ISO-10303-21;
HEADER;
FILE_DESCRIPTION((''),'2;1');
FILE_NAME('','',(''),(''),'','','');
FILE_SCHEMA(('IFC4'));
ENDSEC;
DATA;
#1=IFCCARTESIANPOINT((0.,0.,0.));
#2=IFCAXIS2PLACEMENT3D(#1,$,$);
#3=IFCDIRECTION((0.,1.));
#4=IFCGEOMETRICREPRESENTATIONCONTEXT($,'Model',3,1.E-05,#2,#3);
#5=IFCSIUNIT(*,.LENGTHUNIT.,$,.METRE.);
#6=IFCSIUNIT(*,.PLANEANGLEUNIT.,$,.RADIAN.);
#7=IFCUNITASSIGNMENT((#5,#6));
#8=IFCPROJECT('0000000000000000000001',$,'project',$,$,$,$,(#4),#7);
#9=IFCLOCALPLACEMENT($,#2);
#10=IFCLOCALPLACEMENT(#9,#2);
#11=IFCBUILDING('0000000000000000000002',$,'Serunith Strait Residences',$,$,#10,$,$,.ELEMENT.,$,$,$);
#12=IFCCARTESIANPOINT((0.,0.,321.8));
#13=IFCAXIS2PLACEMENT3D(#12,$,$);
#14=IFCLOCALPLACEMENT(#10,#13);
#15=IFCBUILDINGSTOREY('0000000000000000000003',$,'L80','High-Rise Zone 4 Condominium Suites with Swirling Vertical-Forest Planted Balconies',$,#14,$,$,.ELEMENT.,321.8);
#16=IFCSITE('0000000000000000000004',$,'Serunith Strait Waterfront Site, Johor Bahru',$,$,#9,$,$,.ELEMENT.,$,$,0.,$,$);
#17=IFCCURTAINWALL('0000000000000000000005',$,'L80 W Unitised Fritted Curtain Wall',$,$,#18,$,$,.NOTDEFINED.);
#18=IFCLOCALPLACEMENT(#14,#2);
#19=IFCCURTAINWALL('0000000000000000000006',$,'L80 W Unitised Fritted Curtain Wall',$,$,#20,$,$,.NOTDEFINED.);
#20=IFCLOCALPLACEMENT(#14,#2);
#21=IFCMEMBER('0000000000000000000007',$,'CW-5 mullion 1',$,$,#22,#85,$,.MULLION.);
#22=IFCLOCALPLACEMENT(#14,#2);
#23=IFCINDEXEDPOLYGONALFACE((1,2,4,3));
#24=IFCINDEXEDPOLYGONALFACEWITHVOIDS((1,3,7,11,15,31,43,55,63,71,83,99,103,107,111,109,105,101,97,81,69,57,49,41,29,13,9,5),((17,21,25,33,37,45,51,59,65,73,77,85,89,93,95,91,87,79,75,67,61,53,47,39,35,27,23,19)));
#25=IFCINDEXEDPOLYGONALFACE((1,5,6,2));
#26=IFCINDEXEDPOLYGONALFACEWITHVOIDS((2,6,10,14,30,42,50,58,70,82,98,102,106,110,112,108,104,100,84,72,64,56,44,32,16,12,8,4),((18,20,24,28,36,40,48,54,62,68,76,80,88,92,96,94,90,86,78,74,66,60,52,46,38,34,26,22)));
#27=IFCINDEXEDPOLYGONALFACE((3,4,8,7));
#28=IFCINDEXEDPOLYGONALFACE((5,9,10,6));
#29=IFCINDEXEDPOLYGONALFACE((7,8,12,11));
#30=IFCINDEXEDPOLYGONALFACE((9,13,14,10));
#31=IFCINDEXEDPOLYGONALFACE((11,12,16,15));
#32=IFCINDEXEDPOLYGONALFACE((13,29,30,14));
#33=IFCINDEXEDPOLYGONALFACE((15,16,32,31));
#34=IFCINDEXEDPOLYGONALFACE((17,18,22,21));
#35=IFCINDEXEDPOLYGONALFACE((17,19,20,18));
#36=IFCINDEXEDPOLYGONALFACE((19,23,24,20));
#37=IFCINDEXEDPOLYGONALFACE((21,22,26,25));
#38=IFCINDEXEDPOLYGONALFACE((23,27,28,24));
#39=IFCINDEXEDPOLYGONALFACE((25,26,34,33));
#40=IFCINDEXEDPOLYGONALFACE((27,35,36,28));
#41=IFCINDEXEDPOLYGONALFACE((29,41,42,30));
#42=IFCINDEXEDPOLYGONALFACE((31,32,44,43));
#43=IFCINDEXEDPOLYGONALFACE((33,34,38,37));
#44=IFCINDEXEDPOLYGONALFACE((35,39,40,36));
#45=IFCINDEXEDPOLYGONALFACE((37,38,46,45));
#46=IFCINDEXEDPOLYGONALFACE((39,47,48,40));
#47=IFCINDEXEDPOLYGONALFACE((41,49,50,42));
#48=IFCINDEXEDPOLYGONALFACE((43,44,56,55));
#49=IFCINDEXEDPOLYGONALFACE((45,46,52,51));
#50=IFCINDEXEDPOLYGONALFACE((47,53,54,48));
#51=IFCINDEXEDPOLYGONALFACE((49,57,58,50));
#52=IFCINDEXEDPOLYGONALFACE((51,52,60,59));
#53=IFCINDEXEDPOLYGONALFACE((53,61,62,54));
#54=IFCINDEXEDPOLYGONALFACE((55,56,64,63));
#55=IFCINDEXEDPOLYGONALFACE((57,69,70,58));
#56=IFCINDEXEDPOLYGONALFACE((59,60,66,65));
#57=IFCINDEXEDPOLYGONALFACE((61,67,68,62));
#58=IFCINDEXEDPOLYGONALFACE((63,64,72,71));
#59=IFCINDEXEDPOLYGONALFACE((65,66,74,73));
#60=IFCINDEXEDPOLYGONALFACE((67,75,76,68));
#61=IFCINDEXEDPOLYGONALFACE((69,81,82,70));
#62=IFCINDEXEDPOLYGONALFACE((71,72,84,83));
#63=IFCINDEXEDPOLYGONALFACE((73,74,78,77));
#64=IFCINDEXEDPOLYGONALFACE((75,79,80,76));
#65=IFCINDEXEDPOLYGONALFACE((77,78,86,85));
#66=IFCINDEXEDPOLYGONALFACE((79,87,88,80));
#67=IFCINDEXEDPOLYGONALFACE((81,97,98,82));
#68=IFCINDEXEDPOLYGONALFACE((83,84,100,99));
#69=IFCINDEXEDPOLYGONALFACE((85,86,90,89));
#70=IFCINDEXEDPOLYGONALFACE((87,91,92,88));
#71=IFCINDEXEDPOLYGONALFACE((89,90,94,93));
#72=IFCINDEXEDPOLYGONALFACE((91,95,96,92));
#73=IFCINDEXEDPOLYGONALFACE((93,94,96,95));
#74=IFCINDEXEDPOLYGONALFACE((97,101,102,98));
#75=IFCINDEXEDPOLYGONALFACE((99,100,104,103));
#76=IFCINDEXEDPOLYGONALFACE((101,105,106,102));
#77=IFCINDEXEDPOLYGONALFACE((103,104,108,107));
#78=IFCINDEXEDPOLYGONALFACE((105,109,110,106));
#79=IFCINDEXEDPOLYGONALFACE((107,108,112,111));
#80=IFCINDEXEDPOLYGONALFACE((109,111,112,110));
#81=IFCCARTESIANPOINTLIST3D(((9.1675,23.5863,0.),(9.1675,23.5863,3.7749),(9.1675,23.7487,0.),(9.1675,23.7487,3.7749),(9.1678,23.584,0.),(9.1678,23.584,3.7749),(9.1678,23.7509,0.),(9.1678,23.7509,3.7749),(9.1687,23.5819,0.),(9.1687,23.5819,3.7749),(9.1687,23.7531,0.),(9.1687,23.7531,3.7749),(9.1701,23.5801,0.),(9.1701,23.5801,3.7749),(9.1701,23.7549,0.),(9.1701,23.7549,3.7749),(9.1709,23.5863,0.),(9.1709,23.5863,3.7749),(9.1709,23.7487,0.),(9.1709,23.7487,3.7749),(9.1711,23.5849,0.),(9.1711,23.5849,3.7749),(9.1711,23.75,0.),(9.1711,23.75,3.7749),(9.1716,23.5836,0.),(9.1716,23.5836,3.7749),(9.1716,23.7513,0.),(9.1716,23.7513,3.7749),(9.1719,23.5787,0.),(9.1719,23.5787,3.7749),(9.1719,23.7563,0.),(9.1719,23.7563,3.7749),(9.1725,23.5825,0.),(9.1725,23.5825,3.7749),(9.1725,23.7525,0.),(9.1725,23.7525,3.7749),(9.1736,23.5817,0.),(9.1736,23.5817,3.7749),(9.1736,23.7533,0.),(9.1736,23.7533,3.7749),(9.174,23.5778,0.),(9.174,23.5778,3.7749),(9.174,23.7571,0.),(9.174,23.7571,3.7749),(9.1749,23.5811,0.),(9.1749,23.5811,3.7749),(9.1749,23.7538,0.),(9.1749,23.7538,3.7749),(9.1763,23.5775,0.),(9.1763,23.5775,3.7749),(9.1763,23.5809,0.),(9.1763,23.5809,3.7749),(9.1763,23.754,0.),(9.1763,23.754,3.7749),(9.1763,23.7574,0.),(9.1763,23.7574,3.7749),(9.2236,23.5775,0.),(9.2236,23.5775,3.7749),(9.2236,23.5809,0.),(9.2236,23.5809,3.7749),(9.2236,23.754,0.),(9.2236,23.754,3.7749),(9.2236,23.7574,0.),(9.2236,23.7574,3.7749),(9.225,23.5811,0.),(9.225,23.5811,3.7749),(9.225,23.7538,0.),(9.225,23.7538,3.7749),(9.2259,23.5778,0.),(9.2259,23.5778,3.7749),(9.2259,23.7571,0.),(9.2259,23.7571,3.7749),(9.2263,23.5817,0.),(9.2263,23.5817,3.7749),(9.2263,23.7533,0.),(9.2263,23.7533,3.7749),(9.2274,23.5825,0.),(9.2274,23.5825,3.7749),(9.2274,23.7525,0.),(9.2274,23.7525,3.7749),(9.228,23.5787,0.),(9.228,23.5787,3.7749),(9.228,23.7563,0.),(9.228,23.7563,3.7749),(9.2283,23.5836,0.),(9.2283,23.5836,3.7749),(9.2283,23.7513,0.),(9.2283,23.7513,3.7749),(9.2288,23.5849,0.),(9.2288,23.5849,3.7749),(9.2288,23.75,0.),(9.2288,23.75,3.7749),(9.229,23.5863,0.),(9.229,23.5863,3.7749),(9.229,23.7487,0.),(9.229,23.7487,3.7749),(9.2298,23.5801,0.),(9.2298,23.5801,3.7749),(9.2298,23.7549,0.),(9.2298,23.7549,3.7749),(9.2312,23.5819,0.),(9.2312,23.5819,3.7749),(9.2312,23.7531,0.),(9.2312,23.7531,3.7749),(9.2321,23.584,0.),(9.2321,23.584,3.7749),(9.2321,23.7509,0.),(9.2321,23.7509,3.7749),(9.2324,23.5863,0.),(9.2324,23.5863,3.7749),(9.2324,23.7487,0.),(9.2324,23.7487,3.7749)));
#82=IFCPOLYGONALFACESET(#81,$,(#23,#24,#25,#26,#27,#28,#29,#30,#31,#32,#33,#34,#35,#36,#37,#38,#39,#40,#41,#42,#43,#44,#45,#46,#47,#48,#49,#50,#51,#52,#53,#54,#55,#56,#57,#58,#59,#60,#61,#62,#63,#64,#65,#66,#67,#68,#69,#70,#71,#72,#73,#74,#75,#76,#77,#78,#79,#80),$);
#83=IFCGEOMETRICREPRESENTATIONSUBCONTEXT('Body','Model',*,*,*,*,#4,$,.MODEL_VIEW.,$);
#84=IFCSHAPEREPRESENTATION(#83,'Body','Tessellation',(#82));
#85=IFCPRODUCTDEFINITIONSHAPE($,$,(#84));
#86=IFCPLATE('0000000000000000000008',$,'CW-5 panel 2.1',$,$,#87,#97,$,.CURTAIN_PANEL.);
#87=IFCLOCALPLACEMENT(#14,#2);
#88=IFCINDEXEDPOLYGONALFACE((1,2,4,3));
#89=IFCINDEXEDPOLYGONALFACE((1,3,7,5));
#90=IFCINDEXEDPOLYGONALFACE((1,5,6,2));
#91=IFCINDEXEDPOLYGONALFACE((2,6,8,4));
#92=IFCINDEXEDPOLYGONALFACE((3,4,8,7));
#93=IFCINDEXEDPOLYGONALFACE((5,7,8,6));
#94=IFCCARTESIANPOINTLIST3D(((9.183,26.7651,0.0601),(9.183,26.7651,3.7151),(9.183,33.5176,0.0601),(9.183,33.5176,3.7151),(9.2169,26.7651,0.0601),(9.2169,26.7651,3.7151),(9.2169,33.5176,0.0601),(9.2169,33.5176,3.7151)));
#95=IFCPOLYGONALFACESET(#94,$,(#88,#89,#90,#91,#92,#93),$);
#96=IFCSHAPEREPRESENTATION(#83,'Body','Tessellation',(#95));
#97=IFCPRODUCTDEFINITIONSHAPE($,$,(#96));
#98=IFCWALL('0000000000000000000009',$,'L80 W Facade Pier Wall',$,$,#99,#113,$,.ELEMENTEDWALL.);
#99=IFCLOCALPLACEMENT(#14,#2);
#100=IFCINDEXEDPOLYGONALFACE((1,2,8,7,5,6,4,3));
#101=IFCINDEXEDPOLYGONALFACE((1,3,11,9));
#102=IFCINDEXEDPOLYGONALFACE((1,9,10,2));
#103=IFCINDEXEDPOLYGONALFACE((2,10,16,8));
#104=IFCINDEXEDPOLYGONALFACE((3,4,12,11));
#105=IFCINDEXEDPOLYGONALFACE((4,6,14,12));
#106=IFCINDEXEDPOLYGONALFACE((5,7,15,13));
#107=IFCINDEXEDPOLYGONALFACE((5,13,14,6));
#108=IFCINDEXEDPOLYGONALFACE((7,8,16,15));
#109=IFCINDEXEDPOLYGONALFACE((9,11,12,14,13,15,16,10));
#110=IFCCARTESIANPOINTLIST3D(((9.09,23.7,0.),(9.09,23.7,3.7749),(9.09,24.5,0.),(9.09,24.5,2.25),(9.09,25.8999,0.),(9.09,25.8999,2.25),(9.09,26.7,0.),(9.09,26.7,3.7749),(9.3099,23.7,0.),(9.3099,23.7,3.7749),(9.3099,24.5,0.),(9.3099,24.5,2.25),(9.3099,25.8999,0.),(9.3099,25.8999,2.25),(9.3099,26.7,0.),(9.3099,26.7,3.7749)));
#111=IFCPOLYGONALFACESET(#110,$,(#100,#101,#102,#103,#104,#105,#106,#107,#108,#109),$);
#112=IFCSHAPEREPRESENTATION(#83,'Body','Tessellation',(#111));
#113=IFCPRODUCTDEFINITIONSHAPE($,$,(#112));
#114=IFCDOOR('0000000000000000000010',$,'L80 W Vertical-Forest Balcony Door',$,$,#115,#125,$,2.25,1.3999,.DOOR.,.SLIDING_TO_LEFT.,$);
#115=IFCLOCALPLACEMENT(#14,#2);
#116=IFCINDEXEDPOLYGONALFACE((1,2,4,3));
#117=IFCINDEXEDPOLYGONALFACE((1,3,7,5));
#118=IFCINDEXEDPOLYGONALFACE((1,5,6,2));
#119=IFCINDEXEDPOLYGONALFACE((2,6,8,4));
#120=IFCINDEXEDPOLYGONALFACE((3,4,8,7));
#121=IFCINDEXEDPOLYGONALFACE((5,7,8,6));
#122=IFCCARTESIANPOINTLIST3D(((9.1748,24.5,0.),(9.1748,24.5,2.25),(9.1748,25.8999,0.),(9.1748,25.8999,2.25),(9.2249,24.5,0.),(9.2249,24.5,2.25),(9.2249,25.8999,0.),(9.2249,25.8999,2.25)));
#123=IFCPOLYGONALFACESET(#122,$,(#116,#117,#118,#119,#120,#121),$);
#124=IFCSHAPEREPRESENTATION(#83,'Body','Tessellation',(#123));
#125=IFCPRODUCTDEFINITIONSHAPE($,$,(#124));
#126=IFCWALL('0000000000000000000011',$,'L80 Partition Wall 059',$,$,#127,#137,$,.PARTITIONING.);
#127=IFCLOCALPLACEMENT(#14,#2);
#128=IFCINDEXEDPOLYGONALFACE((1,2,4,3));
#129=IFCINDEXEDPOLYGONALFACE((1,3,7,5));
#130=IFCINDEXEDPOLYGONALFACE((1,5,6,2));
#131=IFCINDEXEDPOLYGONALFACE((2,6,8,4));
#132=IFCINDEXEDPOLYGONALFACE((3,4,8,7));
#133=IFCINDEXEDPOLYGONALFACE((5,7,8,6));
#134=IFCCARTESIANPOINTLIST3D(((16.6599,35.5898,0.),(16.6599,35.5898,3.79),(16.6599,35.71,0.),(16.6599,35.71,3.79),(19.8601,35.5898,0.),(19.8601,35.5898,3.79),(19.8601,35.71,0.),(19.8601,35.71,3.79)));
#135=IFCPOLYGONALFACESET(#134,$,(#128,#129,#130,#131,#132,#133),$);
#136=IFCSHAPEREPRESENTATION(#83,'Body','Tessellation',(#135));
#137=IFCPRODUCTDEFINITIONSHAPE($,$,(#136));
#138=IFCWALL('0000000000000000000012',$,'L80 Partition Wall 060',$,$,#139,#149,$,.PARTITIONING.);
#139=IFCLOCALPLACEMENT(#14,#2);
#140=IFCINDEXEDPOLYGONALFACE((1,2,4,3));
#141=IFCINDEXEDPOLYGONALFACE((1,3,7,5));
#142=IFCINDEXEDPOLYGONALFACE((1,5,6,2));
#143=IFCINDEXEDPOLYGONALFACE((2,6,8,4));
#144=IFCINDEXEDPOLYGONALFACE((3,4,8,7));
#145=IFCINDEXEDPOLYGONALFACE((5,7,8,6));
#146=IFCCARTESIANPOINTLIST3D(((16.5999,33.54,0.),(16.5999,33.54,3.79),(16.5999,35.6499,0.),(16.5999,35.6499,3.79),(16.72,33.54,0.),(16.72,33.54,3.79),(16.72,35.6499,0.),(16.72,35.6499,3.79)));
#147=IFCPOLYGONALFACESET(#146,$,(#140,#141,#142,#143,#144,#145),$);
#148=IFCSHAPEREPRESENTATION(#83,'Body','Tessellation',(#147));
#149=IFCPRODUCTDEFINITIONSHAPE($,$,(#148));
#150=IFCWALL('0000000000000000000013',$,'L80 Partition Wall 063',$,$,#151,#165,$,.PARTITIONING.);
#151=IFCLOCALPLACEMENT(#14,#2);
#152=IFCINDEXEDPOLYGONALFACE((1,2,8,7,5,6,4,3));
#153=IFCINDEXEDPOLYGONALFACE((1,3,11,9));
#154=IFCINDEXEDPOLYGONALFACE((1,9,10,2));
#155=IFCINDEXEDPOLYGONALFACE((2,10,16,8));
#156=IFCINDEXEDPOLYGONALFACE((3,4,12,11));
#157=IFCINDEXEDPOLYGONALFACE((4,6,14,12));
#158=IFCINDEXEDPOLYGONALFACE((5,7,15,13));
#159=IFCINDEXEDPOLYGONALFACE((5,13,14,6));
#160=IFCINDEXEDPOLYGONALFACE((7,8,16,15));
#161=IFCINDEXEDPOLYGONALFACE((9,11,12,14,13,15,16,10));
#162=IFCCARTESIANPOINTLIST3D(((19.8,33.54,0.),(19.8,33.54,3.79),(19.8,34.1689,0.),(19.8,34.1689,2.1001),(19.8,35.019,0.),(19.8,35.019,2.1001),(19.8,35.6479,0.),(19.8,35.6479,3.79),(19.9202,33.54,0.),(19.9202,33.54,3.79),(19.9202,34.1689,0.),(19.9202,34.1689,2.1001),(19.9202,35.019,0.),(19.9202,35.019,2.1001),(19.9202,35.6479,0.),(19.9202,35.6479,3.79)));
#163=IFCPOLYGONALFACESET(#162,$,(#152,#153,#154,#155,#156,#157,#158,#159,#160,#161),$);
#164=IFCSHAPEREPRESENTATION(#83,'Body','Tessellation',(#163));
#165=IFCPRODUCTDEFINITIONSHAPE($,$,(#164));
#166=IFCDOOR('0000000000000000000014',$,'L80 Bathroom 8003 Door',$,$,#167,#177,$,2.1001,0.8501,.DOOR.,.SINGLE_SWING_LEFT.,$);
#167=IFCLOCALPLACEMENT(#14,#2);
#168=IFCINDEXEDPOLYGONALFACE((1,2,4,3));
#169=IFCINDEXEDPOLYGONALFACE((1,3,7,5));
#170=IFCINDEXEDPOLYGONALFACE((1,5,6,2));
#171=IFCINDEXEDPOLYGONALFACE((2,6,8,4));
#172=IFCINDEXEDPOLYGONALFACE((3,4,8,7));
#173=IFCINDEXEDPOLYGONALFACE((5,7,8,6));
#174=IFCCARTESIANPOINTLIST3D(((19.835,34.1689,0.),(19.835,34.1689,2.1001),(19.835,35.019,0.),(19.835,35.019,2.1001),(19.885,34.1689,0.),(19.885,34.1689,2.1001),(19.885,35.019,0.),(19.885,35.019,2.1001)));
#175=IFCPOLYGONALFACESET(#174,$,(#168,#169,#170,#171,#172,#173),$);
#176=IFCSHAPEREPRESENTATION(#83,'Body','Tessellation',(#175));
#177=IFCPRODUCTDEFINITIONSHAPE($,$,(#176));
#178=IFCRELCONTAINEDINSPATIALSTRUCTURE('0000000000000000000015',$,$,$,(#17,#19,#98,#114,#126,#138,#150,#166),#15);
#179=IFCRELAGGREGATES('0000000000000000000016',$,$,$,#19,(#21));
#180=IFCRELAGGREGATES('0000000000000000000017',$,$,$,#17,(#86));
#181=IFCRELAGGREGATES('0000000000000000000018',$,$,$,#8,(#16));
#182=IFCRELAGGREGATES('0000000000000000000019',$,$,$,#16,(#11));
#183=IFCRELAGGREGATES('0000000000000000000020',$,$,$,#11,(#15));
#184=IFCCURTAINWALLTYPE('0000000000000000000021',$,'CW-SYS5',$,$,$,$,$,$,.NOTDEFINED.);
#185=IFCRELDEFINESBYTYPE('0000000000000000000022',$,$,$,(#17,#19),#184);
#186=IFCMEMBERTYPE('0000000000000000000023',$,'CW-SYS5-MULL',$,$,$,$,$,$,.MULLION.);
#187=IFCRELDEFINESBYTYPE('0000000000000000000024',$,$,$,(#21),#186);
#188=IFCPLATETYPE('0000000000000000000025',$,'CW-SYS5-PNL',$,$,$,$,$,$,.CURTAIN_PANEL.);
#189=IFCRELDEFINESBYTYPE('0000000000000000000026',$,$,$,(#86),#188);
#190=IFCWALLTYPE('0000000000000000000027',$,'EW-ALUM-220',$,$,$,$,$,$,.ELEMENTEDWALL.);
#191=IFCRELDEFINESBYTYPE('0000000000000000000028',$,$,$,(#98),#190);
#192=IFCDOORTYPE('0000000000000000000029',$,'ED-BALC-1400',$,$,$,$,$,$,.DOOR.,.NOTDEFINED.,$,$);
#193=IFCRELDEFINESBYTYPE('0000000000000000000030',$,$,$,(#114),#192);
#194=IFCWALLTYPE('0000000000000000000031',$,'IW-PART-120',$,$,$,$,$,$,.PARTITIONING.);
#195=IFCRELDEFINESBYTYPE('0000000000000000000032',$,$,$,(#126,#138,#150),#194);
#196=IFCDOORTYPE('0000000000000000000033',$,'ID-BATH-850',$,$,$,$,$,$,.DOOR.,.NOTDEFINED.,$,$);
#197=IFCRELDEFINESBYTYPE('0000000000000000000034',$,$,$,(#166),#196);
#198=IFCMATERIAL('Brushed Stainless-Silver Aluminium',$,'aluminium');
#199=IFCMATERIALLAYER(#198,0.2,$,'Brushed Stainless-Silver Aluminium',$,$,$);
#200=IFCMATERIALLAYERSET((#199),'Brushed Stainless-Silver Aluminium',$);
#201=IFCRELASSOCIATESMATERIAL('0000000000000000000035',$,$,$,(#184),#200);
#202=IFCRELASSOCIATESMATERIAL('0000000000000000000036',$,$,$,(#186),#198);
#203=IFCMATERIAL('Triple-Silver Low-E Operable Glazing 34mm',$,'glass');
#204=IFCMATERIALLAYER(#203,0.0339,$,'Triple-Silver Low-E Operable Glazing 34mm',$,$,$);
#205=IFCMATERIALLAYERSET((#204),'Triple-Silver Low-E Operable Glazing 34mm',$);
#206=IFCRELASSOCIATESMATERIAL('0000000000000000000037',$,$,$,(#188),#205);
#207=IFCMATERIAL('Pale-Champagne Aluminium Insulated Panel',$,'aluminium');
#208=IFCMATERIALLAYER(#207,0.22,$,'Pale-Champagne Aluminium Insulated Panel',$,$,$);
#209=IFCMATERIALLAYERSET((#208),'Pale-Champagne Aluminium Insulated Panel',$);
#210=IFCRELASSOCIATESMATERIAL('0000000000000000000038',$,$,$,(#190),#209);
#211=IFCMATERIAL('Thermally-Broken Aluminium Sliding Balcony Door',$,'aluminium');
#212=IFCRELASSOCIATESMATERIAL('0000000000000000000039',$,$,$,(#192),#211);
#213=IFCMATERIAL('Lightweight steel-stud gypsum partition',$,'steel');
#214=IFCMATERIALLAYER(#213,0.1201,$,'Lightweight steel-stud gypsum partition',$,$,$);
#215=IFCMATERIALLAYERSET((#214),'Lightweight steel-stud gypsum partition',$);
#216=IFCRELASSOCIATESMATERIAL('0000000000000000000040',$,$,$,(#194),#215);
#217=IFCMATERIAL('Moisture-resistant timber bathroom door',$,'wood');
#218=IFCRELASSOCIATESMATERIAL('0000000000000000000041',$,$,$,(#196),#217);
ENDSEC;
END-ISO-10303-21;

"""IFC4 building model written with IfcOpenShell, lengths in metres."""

from ifc_helpers import new_model, si_unit, direction, frame, frame_2d, origin, origin_2d, place, context, subcontext, project, spatial, rectangle, hollow_rectangle, extrude, source, transform, mapped, material, layer, layer_set, material_profile, profile_set, type_object, element, fill, aggregate, save


model = new_model("IFC4")

# Units and contexts
model_context = context("Model", 3, precision=1e-05, world=origin(), true_north=direction((0.0, 1.0)))
body_context = subcontext(model_context, "Body", "Model", "MODEL_VIEW")
ifc_project = project(units=[si_unit("LENGTHUNIT", "METRE"), si_unit("PLANEANGLEUNIT", "RADIAN")], contexts=[model_context])

# Site, building, storey
site_placement = place(None, origin())
site = spatial("IfcSite", under=ifc_project, at=site_placement, Name="Serunith Strait Waterfront Site, Johor Bahru", CompositionType="ELEMENT", RefElevation=0.0)
building_placement = place(site_placement, origin())
building = spatial("IfcBuilding", under=site, at=building_placement, Name="Serunith Strait Residences", CompositionType="ELEMENT")
storey_placement = place(building_placement, frame((0.0, 0.0, 321.8)))
storey = spatial("IfcBuildingStorey", under=building, at=storey_placement, Name="L80", Description="High-Rise Zone 4 Condominium Suites with Swirling Vertical-Forest Planted Balconies", CompositionType="ELEMENT", Elevation=321.8)

# Curtain wall
ifc_material_1 = material(Name="Brushed Stainless-Silver Aluminium", Category="aluminium")
ifc_layer_1 = layer(ifc_material_1, 0.2, Name="Brushed Stainless-Silver Aluminium")
ifc_layer_set_1 = layer_set([ifc_layer_1], Name="Brushed Stainless-Silver Aluminium")
curtain_wall_type = type_object("IfcCurtainWallType", Name="CW-SYS5", PredefinedType="NOTDEFINED", material=ifc_layer_set_1)
curtain_wall_1_placement = place(storey_placement, origin())
curtain_wall_1 = element("IfcCurtainWall", 1, at=curtain_wall_1_placement, inside=storey, type_object=curtain_wall_type, Name="L80 W Unitised Fritted Curtain Wall", PredefinedType="NOTDEFINED")
ifc_material_profile_1 = material_profile(ifc_material_1, hollow_rectangle(XDim=0.0649, YDim=0.1799, WallThickness=0.0034, InnerFilletRadius=0.0054, OuterFilletRadius=0.0088, at=origin_2d()), Name="ALU 180x65x3.5")
ifc_profile_set_1 = profile_set([ifc_material_profile_1], Name="Brushed Stainless-Silver Aluminium")
member_type_1 = type_object("IfcMemberType", Name="CW-SYS5-MULL", PredefinedType="MULLION", material=ifc_profile_set_1)
shared_shape_1 = source(origin(), body_context, "Body", "SweptSolid", [
    extrude(hollow_rectangle(XDim=0.0649, YDim=0.1799, WallThickness=0.0034, InnerFilletRadius=0.0054, OuterFilletRadius=0.0088, at=origin_2d()), origin(), (0.0, 0.0, 1.0), 3.7749),
])

# Curtain wall, member
curtain_wall_2_placement = place(storey_placement, origin())
curtain_wall_2 = element("IfcCurtainWall", 2, at=curtain_wall_2_placement, inside=storey, type_object=curtain_wall_type, Name="L80 W Unitised Fritted Curtain Wall", PredefinedType="NOTDEFINED")
member_1_placement = place(storey_placement, frame((9.2, 23.6675, 0.0), z_axis=(0.0, 0.0, 1.0), x_axis=(1.0, 0.0, 0.0)))
member_1 = element("IfcMember", 3, at=member_1_placement, type_object=member_type_1, Name="CW-5 mullion 1", PredefinedType="MULLION", context=body_context, shape_type="MappedRepresentation", body=[
    mapped(shared_shape_1, transform((0.0, 0.0, 0.0), scale=1.0)),
])
aggregate(curtain_wall_2, [member_1])

# Plate
ifc_material_2 = material(Name="Triple-Silver Low-E Operable Glazing 34mm", Category="glass")
ifc_layer_2 = layer(ifc_material_2, 0.0339, Name="Triple-Silver Low-E Operable Glazing 34mm")
ifc_layer_set_2 = layer_set([ifc_layer_2], Name="Triple-Silver Low-E Operable Glazing 34mm")
plate_type = type_object("IfcPlateType", Name="CW-SYS5-PNL", PredefinedType="CURTAIN_PANEL", material=ifc_layer_set_2)
shared_shape_2 = source(origin(), body_context, "Body", "SweptSolid", [
    extrude(rectangle(XDim=6.7524, YDim=0.0339, at=origin_2d()), origin(), (0.0, 0.0, 1.0), 3.655),
])
plate_placement = place(storey_placement, frame((9.2, 30.1414, 0.0601), z_axis=(0.0, 0.0, 1.0), x_axis=(0.0, -1.0, 0.0)))
plate = element("IfcPlate", 4, at=plate_placement, type_object=plate_type, Name="CW-5 panel 2.1", PredefinedType="CURTAIN_PANEL", context=body_context, shape_type="MappedRepresentation", body=[
    mapped(shared_shape_2, transform((0.0, 0.0, 0.0), scale=1.0)),
])
aggregate(curtain_wall_1, [plate])

# Wall, opening, door
ifc_material_3 = material(Name="Pale-Champagne Aluminium Insulated Panel", Category="aluminium")
ifc_layer_3 = layer(ifc_material_3, 0.22, Name="Pale-Champagne Aluminium Insulated Panel")
ifc_layer_set_3 = layer_set([ifc_layer_3], Name="Pale-Champagne Aluminium Insulated Panel")
wall_type_1 = type_object("IfcWallType", Name="EW-ALUM-220", PredefinedType="ELEMENTEDWALL", material=ifc_layer_set_3)
wall_1_placement = place(storey_placement, frame((9.2, 26.7, 0.0), z_axis=(0.0, 0.0, 1.0), x_axis=(0.0, -1.0, 0.0)))
wall_1 = element("IfcWall", 5, at=wall_1_placement, inside=storey, type_object=wall_type_1, Name="L80 W Facade Pier Wall", PredefinedType="ELEMENTEDWALL", context=body_context, shape_type="SweptSolid", body=[
    extrude(rectangle(XDim=3.0, YDim=0.22, at=frame_2d((1.5, 0.0))), origin(), (0.0, 0.0, 1.0), 3.7749),
])
opening_1_placement = place(wall_1_placement, frame((0.8, 0.0, 0.0)))
opening_1 = element("IfcOpeningElement", 6, at=opening_1_placement, cuts=wall_1, PredefinedType="OPENING", context=body_context, shape_type="SweptSolid", body=[
    extrude(rectangle(XDim=1.3999, YDim=2.25, at=frame_2d((0.7, 1.125))), frame((0.0, 0.1201, 0.0), z_axis=(0.0, -1.0, 0.0), x_axis=(1.0, 0.0, 0.0)), (0.0, 0.0, 1.0), 0.24),
])
ifc_material_4 = material(Name="Thermally-Broken Aluminium Sliding Balcony Door", Category="aluminium")
door_type_1 = type_object("IfcDoorType", Name="ED-BALC-1400", OperationType="NOTDEFINED", PredefinedType="DOOR", material=ifc_material_4)
shared_shape_3 = source(origin(), body_context, "Body", "SweptSolid", [
    extrude(rectangle(XDim=1.3999, YDim=2.25, at=frame_2d((0.7, 1.125))), frame((0.0, 0.0249, 0.0), z_axis=(0.0, -1.0, 0.0), x_axis=(1.0, 0.0, 0.0)), (0.0, 0.0, 1.0), 0.05),
])
door_1_placement = place(opening_1_placement, origin())
door_1 = element("IfcDoor", 7, at=door_1_placement, inside=storey, type_object=door_type_1, Name="L80 W Vertical-Forest Balcony Door", OperationType="SLIDING_TO_LEFT", OverallHeight=2.25, OverallWidth=1.3999, PredefinedType="DOOR", context=body_context, shape_type="MappedRepresentation", body=[
    mapped(shared_shape_3, transform((0.0, 0.0, 0.0), scale=1.0)),
])
fill(opening_1, door_1)

# Walls
ifc_material_5 = material(Name="Lightweight steel-stud gypsum partition", Category="steel")
ifc_layer_4 = layer(ifc_material_5, 0.1201, Name="Lightweight steel-stud gypsum partition")
ifc_layer_set_4 = layer_set([ifc_layer_4], Name="Lightweight steel-stud gypsum partition")
wall_type_2 = type_object("IfcWallType", Name="IW-PART-120", PredefinedType="PARTITIONING", material=ifc_layer_set_4)
wall_2_placement = place(storey_placement, frame((16.6599, 35.6499, 0.0), z_axis=(0.0, 0.0, 1.0), x_axis=(1.0, 0.0, 0.0)))
element("IfcWall", 8, at=wall_2_placement, inside=storey, type_object=wall_type_2, Name="L80 Partition Wall 059", PredefinedType="PARTITIONING", context=body_context, shape_type="SweptSolid", body=[
    extrude(rectangle(XDim=3.2002, YDim=0.1201, at=frame_2d((1.6001, 0.0))), origin(), (0.0, 0.0, 1.0), 3.79),
])
wall_3_placement = place(storey_placement, frame((16.6599, 35.6499, 0.0), z_axis=(0.0, 0.0, 1.0), x_axis=(0.0, -1.0, 0.0)))
element("IfcWall", 9, at=wall_3_placement, inside=storey, type_object=wall_type_2, Name="L80 Partition Wall 060", PredefinedType="PARTITIONING", context=body_context, shape_type="SweptSolid", body=[
    extrude(rectangle(XDim=2.1099, YDim=0.1201, at=frame_2d((1.0549, 0.0))), origin(), (0.0, 0.0, 1.0), 3.79),
])

# Wall, opening, door
wall_4_placement = place(storey_placement, frame((19.8601, 35.6479, 0.0), z_axis=(0.0, 0.0, 1.0), x_axis=(0.0, -1.0, 0.0)))
wall_4 = element("IfcWall", 10, at=wall_4_placement, inside=storey, type_object=wall_type_2, Name="L80 Partition Wall 063", PredefinedType="PARTITIONING", context=body_context, shape_type="SweptSolid", body=[
    extrude(rectangle(XDim=2.1079, YDim=0.1201, at=frame_2d((1.054, 0.0))), origin(), (0.0, 0.0, 1.0), 3.79),
])
opening_2_placement = place(wall_4_placement, frame((0.6289, 0.0, 0.0)))
opening_2 = element("IfcOpeningElement", 11, at=opening_2_placement, cuts=wall_4, PredefinedType="OPENING", context=body_context, shape_type="SweptSolid", body=[
    extrude(rectangle(XDim=0.8501, YDim=2.1001, at=frame_2d((0.425, 1.05))), frame((0.0, 0.0701, 0.0), z_axis=(0.0, -1.0, 0.0), x_axis=(1.0, 0.0, 0.0)), (0.0, 0.0, 1.0), 0.1401),
])
ifc_material_6 = material(Name="Moisture-resistant timber bathroom door", Category="wood")
door_type_2 = type_object("IfcDoorType", Name="ID-BATH-850", OperationType="NOTDEFINED", PredefinedType="DOOR", material=ifc_material_6)
shared_shape_4 = source(origin(), body_context, "Body", "SweptSolid", [
    extrude(rectangle(XDim=0.8501, YDim=2.1001, at=frame_2d((0.425, 1.05))), frame((0.0, 0.0249, 0.0), z_axis=(0.0, -1.0, 0.0), x_axis=(1.0, 0.0, 0.0)), (0.0, 0.0, 1.0), 0.05),
])
door_2_placement = place(opening_2_placement, origin())
door_2 = element("IfcDoor", 12, at=door_2_placement, inside=storey, type_object=door_type_2, Name="L80 Bathroom 8003 Door", OperationType="SINGLE_SWING_LEFT", OverallHeight=2.1001, OverallWidth=0.8501, PredefinedType="DOOR", context=body_context, shape_type="MappedRepresentation", body=[
    mapped(shared_shape_4, transform((0.0, 0.0, 0.0), scale=1.0)),
])
fill(opening_2, door_2)

save(model, "model.ifc")
